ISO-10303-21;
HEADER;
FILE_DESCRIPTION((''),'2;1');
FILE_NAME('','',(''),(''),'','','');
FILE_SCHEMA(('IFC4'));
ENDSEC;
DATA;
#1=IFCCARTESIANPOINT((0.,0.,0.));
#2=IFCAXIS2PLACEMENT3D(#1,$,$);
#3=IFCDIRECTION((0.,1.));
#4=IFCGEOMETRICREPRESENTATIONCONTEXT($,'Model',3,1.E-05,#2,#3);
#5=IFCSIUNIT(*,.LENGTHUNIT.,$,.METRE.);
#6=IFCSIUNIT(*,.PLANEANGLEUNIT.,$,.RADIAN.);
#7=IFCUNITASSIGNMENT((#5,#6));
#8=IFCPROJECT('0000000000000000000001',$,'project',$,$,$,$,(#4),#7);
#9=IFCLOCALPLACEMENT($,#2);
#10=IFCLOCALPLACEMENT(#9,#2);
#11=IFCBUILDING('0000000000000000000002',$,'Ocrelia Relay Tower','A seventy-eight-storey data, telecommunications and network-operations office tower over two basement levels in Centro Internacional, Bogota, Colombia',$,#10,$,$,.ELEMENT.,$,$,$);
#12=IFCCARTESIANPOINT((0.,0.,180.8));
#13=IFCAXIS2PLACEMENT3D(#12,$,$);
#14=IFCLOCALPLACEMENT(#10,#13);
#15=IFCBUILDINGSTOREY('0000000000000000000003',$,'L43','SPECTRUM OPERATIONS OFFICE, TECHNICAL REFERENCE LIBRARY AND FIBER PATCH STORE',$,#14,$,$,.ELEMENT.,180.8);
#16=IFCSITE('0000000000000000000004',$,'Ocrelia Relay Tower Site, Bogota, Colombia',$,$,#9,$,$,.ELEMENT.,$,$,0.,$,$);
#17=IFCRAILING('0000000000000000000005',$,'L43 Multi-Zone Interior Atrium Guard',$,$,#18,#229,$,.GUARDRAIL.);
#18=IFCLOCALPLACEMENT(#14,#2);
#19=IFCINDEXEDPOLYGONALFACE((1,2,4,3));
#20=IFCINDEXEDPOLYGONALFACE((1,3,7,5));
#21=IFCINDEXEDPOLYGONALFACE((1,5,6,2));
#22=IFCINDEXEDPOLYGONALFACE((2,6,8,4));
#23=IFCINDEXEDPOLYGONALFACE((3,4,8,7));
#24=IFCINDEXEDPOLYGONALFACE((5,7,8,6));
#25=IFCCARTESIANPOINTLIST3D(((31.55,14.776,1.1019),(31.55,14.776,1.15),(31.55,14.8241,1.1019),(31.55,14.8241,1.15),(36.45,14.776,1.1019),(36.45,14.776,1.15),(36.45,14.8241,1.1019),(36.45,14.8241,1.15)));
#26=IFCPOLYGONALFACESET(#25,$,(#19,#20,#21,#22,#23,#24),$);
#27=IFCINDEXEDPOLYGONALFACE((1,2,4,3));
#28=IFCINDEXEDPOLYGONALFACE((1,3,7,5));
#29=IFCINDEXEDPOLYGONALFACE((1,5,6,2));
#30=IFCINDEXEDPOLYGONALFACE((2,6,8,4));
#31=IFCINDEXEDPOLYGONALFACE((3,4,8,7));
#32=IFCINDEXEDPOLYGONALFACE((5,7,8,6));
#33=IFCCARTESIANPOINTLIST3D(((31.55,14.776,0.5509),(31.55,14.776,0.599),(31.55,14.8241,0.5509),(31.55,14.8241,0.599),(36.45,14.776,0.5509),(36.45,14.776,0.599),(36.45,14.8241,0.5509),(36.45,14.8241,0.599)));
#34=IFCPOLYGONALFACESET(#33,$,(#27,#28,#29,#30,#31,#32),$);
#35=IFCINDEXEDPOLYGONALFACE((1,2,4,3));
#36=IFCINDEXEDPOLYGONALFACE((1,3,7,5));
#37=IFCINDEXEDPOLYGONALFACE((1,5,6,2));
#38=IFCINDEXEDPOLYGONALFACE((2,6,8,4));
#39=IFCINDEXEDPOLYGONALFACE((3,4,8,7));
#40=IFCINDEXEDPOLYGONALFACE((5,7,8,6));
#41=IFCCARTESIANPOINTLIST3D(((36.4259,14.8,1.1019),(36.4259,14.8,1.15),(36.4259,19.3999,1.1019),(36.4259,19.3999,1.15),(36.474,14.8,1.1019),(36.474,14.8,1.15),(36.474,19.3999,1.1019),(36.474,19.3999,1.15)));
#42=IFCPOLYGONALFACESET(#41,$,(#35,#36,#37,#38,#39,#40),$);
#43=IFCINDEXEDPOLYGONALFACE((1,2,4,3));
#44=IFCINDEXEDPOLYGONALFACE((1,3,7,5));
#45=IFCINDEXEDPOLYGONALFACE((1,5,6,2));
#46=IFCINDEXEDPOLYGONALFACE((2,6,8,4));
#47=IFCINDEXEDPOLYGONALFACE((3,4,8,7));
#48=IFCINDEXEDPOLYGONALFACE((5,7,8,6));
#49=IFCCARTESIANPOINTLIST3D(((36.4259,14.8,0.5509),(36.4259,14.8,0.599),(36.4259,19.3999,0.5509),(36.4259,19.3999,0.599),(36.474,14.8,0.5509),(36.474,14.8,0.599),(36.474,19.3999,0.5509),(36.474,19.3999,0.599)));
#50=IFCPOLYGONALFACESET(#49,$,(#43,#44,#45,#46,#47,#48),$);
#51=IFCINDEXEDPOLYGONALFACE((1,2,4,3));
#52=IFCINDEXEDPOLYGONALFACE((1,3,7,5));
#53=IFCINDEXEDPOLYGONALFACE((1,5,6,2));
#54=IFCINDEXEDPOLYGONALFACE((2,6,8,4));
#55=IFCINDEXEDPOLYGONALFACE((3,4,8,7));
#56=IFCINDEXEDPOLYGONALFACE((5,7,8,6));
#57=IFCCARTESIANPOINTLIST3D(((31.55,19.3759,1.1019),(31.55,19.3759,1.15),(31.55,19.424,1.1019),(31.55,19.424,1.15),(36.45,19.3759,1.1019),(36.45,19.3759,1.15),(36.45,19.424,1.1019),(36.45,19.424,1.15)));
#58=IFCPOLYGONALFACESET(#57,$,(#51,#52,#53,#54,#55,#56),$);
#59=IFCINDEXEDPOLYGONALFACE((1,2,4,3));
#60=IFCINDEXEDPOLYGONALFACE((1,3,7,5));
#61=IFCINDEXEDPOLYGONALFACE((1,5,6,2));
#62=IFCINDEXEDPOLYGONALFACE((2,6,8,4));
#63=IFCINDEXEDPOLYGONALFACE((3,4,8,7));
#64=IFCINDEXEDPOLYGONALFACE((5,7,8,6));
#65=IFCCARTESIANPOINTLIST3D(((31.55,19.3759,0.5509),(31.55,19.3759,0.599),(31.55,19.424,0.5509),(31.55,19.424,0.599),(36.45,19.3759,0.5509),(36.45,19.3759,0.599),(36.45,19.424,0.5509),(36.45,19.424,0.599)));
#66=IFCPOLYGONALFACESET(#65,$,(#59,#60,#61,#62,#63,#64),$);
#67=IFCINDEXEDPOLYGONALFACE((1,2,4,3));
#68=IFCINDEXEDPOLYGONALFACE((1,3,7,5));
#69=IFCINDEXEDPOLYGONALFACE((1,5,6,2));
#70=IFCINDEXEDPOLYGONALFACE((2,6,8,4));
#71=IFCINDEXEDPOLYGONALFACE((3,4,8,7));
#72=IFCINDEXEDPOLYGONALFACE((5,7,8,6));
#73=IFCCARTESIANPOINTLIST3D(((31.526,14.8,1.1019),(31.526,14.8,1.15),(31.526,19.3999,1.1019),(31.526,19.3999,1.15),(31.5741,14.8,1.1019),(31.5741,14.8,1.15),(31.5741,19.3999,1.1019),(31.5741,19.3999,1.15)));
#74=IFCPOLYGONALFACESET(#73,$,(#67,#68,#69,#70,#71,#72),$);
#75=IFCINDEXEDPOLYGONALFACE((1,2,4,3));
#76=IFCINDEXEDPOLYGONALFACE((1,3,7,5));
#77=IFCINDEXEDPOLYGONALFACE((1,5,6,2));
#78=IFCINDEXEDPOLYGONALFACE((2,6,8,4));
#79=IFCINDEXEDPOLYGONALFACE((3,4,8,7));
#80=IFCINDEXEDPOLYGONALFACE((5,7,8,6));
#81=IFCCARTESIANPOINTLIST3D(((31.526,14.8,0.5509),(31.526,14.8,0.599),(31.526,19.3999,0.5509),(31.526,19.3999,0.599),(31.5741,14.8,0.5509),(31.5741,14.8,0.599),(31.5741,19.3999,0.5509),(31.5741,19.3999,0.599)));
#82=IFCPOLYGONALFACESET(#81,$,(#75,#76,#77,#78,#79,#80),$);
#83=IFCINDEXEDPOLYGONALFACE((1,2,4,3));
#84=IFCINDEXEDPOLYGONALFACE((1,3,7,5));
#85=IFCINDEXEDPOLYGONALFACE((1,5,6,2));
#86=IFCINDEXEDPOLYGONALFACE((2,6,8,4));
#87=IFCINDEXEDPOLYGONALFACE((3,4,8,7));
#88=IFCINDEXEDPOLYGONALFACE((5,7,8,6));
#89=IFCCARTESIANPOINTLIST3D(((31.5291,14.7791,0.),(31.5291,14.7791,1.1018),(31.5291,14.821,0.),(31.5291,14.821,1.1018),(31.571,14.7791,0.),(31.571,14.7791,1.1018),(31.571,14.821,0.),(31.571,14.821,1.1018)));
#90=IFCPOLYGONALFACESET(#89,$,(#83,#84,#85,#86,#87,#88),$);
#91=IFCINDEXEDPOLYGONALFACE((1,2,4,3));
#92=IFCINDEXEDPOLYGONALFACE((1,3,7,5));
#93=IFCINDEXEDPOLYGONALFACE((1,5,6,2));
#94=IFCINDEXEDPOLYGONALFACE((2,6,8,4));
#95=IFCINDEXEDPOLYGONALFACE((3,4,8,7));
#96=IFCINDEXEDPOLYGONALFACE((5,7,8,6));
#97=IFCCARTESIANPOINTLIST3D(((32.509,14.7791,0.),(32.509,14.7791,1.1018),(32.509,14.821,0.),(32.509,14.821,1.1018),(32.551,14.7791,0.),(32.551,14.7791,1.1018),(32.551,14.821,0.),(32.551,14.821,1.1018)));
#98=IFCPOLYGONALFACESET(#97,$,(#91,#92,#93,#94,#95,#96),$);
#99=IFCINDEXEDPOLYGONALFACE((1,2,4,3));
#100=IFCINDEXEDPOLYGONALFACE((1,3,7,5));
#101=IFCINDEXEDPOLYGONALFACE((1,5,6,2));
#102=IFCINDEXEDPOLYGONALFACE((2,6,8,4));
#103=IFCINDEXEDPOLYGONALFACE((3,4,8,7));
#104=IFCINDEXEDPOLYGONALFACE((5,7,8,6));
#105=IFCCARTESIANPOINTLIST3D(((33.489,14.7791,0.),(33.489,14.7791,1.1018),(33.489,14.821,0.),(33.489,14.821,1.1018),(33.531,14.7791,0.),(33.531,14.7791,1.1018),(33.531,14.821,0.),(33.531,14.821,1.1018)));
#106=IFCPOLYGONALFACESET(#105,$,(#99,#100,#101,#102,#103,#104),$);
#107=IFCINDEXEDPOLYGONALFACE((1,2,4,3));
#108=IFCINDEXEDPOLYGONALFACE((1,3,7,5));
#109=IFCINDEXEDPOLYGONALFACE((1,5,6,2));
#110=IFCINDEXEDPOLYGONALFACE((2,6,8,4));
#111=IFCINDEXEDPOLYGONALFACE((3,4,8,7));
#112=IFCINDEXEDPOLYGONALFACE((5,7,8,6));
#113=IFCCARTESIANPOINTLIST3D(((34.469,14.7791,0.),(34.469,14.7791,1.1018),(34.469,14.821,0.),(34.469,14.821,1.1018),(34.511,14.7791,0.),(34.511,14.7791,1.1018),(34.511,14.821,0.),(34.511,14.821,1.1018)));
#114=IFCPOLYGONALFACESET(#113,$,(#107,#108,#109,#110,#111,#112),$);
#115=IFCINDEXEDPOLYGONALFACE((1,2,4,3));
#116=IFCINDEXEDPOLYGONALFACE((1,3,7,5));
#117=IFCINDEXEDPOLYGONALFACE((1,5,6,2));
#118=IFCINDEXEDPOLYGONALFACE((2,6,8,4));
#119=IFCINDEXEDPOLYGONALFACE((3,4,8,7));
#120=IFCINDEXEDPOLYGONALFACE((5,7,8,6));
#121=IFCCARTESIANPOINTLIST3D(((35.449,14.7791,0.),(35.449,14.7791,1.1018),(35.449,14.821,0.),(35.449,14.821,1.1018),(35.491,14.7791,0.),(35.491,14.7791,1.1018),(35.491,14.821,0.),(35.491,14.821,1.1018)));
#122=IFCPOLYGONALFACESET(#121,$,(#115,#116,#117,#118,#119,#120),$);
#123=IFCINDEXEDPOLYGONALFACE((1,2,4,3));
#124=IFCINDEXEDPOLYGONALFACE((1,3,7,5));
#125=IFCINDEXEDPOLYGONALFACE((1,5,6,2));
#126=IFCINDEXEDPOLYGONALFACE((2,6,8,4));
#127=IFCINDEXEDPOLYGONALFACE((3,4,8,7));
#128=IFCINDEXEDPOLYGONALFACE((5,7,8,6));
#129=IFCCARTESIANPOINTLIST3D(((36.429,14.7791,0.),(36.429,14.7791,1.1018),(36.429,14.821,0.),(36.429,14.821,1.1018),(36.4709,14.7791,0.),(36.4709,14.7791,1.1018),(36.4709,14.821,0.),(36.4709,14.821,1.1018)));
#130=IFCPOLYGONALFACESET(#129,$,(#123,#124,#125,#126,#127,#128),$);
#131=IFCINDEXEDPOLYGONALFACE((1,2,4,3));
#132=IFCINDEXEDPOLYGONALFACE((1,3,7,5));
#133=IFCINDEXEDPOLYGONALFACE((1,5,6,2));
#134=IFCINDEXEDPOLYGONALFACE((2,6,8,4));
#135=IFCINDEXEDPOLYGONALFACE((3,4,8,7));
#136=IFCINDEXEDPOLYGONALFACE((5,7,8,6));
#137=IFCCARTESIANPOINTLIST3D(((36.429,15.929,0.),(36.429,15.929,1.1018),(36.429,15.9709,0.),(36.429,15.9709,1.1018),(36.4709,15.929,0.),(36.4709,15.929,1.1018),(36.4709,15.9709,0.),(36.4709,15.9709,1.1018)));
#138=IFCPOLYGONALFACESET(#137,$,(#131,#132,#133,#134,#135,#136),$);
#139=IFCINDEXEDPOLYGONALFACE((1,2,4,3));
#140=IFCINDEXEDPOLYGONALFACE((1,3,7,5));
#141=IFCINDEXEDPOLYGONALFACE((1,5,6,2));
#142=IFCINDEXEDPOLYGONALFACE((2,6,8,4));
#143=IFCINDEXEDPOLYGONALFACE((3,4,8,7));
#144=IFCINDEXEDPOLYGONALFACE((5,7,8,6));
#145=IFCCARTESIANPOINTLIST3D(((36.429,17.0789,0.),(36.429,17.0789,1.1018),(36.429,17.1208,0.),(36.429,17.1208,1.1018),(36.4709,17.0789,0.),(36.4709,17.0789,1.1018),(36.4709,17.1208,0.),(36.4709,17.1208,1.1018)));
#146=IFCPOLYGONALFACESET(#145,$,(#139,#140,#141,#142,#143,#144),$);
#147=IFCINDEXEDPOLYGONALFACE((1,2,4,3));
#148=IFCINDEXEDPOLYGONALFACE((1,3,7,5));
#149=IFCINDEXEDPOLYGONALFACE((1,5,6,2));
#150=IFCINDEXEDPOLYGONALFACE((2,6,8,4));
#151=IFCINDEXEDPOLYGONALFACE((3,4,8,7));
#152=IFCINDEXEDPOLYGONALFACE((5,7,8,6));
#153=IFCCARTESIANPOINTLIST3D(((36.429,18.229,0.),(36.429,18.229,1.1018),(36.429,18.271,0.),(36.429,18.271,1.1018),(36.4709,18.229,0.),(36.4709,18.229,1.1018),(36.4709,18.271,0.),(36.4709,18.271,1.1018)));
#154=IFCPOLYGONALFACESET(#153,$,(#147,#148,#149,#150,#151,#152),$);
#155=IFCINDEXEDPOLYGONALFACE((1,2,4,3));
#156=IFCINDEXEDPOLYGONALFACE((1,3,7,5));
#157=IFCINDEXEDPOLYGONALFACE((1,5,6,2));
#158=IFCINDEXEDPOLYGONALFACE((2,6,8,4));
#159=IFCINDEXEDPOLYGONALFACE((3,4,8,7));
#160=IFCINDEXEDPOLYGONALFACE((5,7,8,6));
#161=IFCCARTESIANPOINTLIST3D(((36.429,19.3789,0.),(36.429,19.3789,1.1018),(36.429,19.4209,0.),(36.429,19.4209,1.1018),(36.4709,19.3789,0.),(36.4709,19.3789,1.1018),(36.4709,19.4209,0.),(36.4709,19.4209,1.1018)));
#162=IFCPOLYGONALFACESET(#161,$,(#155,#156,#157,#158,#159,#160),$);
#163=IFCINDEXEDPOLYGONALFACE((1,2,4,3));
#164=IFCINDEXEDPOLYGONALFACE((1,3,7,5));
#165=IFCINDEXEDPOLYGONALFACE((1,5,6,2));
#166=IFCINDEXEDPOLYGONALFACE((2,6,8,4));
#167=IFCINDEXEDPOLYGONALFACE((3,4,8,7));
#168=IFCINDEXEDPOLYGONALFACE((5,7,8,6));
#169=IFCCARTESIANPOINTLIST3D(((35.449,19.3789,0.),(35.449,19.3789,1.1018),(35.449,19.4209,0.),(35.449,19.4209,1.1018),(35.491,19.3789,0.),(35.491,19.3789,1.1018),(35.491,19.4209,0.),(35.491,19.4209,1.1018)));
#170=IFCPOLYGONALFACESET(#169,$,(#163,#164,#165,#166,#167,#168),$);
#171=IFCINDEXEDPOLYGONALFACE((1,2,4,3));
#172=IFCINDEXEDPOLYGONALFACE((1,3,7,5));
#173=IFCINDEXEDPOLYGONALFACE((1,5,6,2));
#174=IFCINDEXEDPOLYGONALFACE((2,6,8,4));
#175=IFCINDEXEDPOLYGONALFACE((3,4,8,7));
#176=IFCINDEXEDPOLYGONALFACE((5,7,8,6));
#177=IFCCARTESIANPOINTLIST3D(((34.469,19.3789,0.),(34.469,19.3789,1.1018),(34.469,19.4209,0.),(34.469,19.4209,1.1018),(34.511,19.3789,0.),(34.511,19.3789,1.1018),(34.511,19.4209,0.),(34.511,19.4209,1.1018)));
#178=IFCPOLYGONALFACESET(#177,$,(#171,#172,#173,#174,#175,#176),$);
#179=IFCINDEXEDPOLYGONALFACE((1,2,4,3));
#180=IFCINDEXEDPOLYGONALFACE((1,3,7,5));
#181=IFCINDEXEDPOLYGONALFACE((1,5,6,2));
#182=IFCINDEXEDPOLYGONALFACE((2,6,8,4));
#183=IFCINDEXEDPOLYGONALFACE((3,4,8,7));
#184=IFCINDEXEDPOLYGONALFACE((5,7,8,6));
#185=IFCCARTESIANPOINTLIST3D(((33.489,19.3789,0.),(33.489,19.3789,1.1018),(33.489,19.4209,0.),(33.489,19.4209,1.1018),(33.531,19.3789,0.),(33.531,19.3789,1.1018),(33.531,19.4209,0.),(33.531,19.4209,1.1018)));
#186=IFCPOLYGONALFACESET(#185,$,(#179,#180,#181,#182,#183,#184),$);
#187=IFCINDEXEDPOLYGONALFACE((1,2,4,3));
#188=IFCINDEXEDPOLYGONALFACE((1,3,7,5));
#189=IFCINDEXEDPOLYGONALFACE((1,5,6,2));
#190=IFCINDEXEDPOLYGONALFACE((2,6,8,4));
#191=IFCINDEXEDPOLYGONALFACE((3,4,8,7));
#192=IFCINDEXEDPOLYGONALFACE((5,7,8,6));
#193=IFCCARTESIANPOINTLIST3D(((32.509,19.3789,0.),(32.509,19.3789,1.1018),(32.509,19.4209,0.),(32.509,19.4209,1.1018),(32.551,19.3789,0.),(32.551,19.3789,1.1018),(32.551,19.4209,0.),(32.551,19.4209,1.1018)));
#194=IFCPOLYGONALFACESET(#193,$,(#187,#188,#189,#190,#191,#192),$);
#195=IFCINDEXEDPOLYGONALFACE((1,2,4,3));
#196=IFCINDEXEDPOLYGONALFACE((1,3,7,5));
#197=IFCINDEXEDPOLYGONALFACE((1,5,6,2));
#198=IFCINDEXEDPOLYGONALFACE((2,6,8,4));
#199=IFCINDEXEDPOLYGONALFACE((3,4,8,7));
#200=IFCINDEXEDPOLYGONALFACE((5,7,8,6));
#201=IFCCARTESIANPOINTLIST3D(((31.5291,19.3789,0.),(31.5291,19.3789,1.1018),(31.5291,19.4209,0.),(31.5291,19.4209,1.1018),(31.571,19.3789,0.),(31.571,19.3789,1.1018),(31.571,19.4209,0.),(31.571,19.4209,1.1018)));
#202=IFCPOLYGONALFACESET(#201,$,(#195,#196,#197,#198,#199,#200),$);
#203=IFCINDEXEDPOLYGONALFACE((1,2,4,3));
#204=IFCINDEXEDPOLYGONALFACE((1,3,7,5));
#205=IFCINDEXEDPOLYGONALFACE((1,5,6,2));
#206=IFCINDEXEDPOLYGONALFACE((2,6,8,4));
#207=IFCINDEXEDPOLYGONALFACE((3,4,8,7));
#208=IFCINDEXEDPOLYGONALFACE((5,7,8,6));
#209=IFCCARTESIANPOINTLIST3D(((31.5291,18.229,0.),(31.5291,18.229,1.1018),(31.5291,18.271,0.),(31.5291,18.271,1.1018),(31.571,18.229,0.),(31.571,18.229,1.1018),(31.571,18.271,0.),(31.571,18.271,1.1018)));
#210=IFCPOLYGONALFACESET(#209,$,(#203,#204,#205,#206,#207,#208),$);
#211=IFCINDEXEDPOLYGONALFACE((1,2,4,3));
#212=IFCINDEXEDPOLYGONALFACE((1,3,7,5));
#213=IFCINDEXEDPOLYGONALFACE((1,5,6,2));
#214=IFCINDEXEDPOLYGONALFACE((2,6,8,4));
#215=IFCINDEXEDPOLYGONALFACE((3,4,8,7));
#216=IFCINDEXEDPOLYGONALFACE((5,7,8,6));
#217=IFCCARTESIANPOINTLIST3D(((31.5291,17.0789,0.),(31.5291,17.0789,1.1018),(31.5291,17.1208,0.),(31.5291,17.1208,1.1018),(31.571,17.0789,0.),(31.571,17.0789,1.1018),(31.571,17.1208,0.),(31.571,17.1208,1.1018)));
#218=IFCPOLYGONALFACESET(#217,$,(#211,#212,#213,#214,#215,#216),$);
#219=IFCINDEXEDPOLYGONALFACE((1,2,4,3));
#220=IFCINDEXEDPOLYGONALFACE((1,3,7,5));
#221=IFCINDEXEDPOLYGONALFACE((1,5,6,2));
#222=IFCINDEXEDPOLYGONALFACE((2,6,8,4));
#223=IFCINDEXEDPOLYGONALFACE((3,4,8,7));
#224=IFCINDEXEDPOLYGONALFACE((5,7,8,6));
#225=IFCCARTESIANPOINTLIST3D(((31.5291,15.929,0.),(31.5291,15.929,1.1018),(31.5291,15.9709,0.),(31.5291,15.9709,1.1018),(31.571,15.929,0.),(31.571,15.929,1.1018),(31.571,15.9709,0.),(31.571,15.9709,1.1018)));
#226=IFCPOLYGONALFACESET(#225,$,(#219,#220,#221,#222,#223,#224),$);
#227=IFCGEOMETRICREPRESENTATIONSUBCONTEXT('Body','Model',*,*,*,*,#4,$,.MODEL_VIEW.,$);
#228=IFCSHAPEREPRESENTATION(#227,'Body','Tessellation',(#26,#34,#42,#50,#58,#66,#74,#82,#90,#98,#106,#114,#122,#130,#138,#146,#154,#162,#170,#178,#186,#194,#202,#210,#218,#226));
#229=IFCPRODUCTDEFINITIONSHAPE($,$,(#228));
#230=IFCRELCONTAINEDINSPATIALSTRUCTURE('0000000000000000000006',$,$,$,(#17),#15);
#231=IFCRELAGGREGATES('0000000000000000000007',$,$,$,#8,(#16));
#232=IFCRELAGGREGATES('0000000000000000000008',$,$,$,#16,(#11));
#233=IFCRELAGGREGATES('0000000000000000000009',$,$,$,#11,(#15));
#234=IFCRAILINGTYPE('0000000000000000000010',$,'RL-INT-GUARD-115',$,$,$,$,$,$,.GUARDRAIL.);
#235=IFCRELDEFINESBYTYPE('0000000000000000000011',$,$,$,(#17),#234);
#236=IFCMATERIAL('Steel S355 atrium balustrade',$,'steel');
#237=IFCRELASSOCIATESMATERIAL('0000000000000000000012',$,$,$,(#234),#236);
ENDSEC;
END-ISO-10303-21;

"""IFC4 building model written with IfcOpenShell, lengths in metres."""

from ifc_helpers import new_model, si_unit, direction, frame, origin, origin_2d, place, context, subcontext, project, spatial, rectangle, extrude, material, type_object, element, save


model = new_model("IFC4")

# Units and contexts
model_context = context("Model", 3, precision=1e-05, world=origin(), true_north=direction((0.0, 1.0)))
body_context = subcontext(model_context, "Body", "Model", "MODEL_VIEW")
ifc_project = project(units=[si_unit("LENGTHUNIT", "METRE"), si_unit("PLANEANGLEUNIT", "RADIAN")], contexts=[model_context])

# Site, building, storey
site_placement = place(None, origin())
site = spatial("IfcSite", under=ifc_project, at=site_placement, Name="Ocrelia Relay Tower Site, Bogota, Colombia", CompositionType="ELEMENT", RefElevation=0.0)
building_placement = place(site_placement, origin())
building = spatial("IfcBuilding", under=site, at=building_placement, Name="Ocrelia Relay Tower", Description="A seventy-eight-storey data, telecommunications and network-operations office tower over two basement levels in Centro Internacional, Bogota, Colombia", CompositionType="ELEMENT")
storey_placement = place(building_placement, frame((0.0, 0.0, 180.8)))
storey = spatial("IfcBuildingStorey", under=building, at=storey_placement, Name="L43", Description="SPECTRUM OPERATIONS OFFICE, TECHNICAL REFERENCE LIBRARY AND FIBER PATCH STORE", CompositionType="ELEMENT", Elevation=180.8)

# Railing
ifc_material_1 = material(Name="Steel S355 atrium balustrade", Category="steel")
railing_type = type_object("IfcRailingType", Name="RL-INT-GUARD-115", PredefinedType="GUARDRAIL", material=ifc_material_1)
railing_placement = place(storey_placement, frame((31.55, 14.8, 0.0)))
element("IfcRailing", 1, at=railing_placement, inside=storey, type_object=railing_type, Name="L43 Multi-Zone Interior Atrium Guard", PredefinedType="GUARDRAIL", context=body_context, shape_type="SweptSolid", body=[
    extrude(rectangle(XDim=0.0481, YDim=0.0481, at=origin_2d()), frame((0.0, 0.0, 1.126), z_axis=(1.0, 0.0, 0.0), x_axis=(0.0, 1.0, 0.0)), (0.0, 0.0, 1.0), 4.8999),
    extrude(rectangle(XDim=0.0481, YDim=0.0481, at=origin_2d()), frame((0.0, 0.0, 0.575), z_axis=(1.0, 0.0, 0.0), x_axis=(0.0, 1.0, 0.0)), (0.0, 0.0, 1.0), 4.8999),
    extrude(rectangle(XDim=0.0481, YDim=0.0481, at=origin_2d()), frame((4.8999, 0.0, 1.126), z_axis=(0.0, 1.0, 0.0), x_axis=(-1.0, 0.0, 0.0)), (0.0, 0.0, 1.0), 4.5999),
    extrude(rectangle(XDim=0.0481, YDim=0.0481, at=origin_2d()), frame((4.8999, 0.0, 0.575), z_axis=(0.0, 1.0, 0.0), x_axis=(-1.0, 0.0, 0.0)), (0.0, 0.0, 1.0), 4.5999),
    extrude(rectangle(XDim=0.0481, YDim=0.0481, at=origin_2d()), frame((4.8999, 4.5999, 1.126), z_axis=(-1.0, 0.0, 0.0), x_axis=(0.0, -1.0, 0.0)), (0.0, 0.0, 1.0), 4.8999),
    extrude(rectangle(XDim=0.0481, YDim=0.0481, at=origin_2d()), frame((4.8999, 4.5999, 0.575), z_axis=(-1.0, 0.0, 0.0), x_axis=(0.0, -1.0, 0.0)), (0.0, 0.0, 1.0), 4.8999),
    extrude(rectangle(XDim=0.0481, YDim=0.0481, at=origin_2d()), frame((0.0, 4.5999, 1.126), z_axis=(0.0, -1.0, 0.0), x_axis=(1.0, 0.0, 0.0)), (0.0, 0.0, 1.0), 4.5999),
    extrude(rectangle(XDim=0.0481, YDim=0.0481, at=origin_2d()), frame((0.0, 4.5999, 0.575), z_axis=(0.0, -1.0, 0.0), x_axis=(1.0, 0.0, 0.0)), (0.0, 0.0, 1.0), 4.5999),
    extrude(rectangle(XDim=0.042, YDim=0.042, at=origin_2d()), origin(), (0.0, 0.0, 1.0), 1.1018),
    extrude(rectangle(XDim=0.042, YDim=0.042, at=origin_2d()), frame((0.98, 0.0, 0.0)), (0.0, 0.0, 1.0), 1.1018),
    extrude(rectangle(XDim=0.042, YDim=0.042, at=origin_2d()), frame((1.96, 0.0, 0.0)), (0.0, 0.0, 1.0), 1.1018),
    extrude(rectangle(XDim=0.042, YDim=0.042, at=origin_2d()), frame((2.9399, 0.0, 0.0)), (0.0, 0.0, 1.0), 1.1018),
    extrude(rectangle(XDim=0.042, YDim=0.042, at=origin_2d()), frame((3.9199, 0.0, 0.0)), (0.0, 0.0, 1.0), 1.1018),
    extrude(rectangle(XDim=0.042, YDim=0.042, at=origin_2d()), frame((4.8999, 0.0, 0.0)), (0.0, 0.0, 1.0), 1.1018),
    extrude(rectangle(XDim=0.042, YDim=0.042, at=origin_2d()), frame((4.8999, 1.1499, 0.0)), (0.0, 0.0, 1.0), 1.1018),
    extrude(rectangle(XDim=0.042, YDim=0.042, at=origin_2d()), frame((4.8999, 2.2998, 0.0)), (0.0, 0.0, 1.0), 1.1018),
    extrude(rectangle(XDim=0.042, YDim=0.042, at=origin_2d()), frame((4.8999, 3.45, 0.0)), (0.0, 0.0, 1.0), 1.1018),
    extrude(rectangle(XDim=0.042, YDim=0.042, at=origin_2d()), frame((4.8999, 4.5999, 0.0)), (0.0, 0.0, 1.0), 1.1018),
    extrude(rectangle(XDim=0.042, YDim=0.042, at=origin_2d()), frame((3.9199, 4.5999, 0.0)), (0.0, 0.0, 1.0), 1.1018),
    extrude(rectangle(XDim=0.042, YDim=0.042, at=origin_2d()), frame((2.9399, 4.5999, 0.0)), (0.0, 0.0, 1.0), 1.1018),
    extrude(rectangle(XDim=0.042, YDim=0.042, at=origin_2d()), frame((1.96, 4.5999, 0.0)), (0.0, 0.0, 1.0), 1.1018),
    extrude(rectangle(XDim=0.042, YDim=0.042, at=origin_2d()), frame((0.98, 4.5999, 0.0)), (0.0, 0.0, 1.0), 1.1018),
    extrude(rectangle(XDim=0.042, YDim=0.042, at=origin_2d()), frame((0.0, 4.5999, 0.0)), (0.0, 0.0, 1.0), 1.1018),
    extrude(rectangle(XDim=0.042, YDim=0.042, at=origin_2d()), frame((0.0, 3.45, 0.0)), (0.0, 0.0, 1.0), 1.1018),
    extrude(rectangle(XDim=0.042, YDim=0.042, at=origin_2d()), frame((0.0, 2.2998, 0.0)), (0.0, 0.0, 1.0), 1.1018),
    extrude(rectangle(XDim=0.042, YDim=0.042, at=origin_2d()), frame((0.0, 1.1499, 0.0)), (0.0, 0.0, 1.0), 1.1018),
])

save(model, "model.ifc")
